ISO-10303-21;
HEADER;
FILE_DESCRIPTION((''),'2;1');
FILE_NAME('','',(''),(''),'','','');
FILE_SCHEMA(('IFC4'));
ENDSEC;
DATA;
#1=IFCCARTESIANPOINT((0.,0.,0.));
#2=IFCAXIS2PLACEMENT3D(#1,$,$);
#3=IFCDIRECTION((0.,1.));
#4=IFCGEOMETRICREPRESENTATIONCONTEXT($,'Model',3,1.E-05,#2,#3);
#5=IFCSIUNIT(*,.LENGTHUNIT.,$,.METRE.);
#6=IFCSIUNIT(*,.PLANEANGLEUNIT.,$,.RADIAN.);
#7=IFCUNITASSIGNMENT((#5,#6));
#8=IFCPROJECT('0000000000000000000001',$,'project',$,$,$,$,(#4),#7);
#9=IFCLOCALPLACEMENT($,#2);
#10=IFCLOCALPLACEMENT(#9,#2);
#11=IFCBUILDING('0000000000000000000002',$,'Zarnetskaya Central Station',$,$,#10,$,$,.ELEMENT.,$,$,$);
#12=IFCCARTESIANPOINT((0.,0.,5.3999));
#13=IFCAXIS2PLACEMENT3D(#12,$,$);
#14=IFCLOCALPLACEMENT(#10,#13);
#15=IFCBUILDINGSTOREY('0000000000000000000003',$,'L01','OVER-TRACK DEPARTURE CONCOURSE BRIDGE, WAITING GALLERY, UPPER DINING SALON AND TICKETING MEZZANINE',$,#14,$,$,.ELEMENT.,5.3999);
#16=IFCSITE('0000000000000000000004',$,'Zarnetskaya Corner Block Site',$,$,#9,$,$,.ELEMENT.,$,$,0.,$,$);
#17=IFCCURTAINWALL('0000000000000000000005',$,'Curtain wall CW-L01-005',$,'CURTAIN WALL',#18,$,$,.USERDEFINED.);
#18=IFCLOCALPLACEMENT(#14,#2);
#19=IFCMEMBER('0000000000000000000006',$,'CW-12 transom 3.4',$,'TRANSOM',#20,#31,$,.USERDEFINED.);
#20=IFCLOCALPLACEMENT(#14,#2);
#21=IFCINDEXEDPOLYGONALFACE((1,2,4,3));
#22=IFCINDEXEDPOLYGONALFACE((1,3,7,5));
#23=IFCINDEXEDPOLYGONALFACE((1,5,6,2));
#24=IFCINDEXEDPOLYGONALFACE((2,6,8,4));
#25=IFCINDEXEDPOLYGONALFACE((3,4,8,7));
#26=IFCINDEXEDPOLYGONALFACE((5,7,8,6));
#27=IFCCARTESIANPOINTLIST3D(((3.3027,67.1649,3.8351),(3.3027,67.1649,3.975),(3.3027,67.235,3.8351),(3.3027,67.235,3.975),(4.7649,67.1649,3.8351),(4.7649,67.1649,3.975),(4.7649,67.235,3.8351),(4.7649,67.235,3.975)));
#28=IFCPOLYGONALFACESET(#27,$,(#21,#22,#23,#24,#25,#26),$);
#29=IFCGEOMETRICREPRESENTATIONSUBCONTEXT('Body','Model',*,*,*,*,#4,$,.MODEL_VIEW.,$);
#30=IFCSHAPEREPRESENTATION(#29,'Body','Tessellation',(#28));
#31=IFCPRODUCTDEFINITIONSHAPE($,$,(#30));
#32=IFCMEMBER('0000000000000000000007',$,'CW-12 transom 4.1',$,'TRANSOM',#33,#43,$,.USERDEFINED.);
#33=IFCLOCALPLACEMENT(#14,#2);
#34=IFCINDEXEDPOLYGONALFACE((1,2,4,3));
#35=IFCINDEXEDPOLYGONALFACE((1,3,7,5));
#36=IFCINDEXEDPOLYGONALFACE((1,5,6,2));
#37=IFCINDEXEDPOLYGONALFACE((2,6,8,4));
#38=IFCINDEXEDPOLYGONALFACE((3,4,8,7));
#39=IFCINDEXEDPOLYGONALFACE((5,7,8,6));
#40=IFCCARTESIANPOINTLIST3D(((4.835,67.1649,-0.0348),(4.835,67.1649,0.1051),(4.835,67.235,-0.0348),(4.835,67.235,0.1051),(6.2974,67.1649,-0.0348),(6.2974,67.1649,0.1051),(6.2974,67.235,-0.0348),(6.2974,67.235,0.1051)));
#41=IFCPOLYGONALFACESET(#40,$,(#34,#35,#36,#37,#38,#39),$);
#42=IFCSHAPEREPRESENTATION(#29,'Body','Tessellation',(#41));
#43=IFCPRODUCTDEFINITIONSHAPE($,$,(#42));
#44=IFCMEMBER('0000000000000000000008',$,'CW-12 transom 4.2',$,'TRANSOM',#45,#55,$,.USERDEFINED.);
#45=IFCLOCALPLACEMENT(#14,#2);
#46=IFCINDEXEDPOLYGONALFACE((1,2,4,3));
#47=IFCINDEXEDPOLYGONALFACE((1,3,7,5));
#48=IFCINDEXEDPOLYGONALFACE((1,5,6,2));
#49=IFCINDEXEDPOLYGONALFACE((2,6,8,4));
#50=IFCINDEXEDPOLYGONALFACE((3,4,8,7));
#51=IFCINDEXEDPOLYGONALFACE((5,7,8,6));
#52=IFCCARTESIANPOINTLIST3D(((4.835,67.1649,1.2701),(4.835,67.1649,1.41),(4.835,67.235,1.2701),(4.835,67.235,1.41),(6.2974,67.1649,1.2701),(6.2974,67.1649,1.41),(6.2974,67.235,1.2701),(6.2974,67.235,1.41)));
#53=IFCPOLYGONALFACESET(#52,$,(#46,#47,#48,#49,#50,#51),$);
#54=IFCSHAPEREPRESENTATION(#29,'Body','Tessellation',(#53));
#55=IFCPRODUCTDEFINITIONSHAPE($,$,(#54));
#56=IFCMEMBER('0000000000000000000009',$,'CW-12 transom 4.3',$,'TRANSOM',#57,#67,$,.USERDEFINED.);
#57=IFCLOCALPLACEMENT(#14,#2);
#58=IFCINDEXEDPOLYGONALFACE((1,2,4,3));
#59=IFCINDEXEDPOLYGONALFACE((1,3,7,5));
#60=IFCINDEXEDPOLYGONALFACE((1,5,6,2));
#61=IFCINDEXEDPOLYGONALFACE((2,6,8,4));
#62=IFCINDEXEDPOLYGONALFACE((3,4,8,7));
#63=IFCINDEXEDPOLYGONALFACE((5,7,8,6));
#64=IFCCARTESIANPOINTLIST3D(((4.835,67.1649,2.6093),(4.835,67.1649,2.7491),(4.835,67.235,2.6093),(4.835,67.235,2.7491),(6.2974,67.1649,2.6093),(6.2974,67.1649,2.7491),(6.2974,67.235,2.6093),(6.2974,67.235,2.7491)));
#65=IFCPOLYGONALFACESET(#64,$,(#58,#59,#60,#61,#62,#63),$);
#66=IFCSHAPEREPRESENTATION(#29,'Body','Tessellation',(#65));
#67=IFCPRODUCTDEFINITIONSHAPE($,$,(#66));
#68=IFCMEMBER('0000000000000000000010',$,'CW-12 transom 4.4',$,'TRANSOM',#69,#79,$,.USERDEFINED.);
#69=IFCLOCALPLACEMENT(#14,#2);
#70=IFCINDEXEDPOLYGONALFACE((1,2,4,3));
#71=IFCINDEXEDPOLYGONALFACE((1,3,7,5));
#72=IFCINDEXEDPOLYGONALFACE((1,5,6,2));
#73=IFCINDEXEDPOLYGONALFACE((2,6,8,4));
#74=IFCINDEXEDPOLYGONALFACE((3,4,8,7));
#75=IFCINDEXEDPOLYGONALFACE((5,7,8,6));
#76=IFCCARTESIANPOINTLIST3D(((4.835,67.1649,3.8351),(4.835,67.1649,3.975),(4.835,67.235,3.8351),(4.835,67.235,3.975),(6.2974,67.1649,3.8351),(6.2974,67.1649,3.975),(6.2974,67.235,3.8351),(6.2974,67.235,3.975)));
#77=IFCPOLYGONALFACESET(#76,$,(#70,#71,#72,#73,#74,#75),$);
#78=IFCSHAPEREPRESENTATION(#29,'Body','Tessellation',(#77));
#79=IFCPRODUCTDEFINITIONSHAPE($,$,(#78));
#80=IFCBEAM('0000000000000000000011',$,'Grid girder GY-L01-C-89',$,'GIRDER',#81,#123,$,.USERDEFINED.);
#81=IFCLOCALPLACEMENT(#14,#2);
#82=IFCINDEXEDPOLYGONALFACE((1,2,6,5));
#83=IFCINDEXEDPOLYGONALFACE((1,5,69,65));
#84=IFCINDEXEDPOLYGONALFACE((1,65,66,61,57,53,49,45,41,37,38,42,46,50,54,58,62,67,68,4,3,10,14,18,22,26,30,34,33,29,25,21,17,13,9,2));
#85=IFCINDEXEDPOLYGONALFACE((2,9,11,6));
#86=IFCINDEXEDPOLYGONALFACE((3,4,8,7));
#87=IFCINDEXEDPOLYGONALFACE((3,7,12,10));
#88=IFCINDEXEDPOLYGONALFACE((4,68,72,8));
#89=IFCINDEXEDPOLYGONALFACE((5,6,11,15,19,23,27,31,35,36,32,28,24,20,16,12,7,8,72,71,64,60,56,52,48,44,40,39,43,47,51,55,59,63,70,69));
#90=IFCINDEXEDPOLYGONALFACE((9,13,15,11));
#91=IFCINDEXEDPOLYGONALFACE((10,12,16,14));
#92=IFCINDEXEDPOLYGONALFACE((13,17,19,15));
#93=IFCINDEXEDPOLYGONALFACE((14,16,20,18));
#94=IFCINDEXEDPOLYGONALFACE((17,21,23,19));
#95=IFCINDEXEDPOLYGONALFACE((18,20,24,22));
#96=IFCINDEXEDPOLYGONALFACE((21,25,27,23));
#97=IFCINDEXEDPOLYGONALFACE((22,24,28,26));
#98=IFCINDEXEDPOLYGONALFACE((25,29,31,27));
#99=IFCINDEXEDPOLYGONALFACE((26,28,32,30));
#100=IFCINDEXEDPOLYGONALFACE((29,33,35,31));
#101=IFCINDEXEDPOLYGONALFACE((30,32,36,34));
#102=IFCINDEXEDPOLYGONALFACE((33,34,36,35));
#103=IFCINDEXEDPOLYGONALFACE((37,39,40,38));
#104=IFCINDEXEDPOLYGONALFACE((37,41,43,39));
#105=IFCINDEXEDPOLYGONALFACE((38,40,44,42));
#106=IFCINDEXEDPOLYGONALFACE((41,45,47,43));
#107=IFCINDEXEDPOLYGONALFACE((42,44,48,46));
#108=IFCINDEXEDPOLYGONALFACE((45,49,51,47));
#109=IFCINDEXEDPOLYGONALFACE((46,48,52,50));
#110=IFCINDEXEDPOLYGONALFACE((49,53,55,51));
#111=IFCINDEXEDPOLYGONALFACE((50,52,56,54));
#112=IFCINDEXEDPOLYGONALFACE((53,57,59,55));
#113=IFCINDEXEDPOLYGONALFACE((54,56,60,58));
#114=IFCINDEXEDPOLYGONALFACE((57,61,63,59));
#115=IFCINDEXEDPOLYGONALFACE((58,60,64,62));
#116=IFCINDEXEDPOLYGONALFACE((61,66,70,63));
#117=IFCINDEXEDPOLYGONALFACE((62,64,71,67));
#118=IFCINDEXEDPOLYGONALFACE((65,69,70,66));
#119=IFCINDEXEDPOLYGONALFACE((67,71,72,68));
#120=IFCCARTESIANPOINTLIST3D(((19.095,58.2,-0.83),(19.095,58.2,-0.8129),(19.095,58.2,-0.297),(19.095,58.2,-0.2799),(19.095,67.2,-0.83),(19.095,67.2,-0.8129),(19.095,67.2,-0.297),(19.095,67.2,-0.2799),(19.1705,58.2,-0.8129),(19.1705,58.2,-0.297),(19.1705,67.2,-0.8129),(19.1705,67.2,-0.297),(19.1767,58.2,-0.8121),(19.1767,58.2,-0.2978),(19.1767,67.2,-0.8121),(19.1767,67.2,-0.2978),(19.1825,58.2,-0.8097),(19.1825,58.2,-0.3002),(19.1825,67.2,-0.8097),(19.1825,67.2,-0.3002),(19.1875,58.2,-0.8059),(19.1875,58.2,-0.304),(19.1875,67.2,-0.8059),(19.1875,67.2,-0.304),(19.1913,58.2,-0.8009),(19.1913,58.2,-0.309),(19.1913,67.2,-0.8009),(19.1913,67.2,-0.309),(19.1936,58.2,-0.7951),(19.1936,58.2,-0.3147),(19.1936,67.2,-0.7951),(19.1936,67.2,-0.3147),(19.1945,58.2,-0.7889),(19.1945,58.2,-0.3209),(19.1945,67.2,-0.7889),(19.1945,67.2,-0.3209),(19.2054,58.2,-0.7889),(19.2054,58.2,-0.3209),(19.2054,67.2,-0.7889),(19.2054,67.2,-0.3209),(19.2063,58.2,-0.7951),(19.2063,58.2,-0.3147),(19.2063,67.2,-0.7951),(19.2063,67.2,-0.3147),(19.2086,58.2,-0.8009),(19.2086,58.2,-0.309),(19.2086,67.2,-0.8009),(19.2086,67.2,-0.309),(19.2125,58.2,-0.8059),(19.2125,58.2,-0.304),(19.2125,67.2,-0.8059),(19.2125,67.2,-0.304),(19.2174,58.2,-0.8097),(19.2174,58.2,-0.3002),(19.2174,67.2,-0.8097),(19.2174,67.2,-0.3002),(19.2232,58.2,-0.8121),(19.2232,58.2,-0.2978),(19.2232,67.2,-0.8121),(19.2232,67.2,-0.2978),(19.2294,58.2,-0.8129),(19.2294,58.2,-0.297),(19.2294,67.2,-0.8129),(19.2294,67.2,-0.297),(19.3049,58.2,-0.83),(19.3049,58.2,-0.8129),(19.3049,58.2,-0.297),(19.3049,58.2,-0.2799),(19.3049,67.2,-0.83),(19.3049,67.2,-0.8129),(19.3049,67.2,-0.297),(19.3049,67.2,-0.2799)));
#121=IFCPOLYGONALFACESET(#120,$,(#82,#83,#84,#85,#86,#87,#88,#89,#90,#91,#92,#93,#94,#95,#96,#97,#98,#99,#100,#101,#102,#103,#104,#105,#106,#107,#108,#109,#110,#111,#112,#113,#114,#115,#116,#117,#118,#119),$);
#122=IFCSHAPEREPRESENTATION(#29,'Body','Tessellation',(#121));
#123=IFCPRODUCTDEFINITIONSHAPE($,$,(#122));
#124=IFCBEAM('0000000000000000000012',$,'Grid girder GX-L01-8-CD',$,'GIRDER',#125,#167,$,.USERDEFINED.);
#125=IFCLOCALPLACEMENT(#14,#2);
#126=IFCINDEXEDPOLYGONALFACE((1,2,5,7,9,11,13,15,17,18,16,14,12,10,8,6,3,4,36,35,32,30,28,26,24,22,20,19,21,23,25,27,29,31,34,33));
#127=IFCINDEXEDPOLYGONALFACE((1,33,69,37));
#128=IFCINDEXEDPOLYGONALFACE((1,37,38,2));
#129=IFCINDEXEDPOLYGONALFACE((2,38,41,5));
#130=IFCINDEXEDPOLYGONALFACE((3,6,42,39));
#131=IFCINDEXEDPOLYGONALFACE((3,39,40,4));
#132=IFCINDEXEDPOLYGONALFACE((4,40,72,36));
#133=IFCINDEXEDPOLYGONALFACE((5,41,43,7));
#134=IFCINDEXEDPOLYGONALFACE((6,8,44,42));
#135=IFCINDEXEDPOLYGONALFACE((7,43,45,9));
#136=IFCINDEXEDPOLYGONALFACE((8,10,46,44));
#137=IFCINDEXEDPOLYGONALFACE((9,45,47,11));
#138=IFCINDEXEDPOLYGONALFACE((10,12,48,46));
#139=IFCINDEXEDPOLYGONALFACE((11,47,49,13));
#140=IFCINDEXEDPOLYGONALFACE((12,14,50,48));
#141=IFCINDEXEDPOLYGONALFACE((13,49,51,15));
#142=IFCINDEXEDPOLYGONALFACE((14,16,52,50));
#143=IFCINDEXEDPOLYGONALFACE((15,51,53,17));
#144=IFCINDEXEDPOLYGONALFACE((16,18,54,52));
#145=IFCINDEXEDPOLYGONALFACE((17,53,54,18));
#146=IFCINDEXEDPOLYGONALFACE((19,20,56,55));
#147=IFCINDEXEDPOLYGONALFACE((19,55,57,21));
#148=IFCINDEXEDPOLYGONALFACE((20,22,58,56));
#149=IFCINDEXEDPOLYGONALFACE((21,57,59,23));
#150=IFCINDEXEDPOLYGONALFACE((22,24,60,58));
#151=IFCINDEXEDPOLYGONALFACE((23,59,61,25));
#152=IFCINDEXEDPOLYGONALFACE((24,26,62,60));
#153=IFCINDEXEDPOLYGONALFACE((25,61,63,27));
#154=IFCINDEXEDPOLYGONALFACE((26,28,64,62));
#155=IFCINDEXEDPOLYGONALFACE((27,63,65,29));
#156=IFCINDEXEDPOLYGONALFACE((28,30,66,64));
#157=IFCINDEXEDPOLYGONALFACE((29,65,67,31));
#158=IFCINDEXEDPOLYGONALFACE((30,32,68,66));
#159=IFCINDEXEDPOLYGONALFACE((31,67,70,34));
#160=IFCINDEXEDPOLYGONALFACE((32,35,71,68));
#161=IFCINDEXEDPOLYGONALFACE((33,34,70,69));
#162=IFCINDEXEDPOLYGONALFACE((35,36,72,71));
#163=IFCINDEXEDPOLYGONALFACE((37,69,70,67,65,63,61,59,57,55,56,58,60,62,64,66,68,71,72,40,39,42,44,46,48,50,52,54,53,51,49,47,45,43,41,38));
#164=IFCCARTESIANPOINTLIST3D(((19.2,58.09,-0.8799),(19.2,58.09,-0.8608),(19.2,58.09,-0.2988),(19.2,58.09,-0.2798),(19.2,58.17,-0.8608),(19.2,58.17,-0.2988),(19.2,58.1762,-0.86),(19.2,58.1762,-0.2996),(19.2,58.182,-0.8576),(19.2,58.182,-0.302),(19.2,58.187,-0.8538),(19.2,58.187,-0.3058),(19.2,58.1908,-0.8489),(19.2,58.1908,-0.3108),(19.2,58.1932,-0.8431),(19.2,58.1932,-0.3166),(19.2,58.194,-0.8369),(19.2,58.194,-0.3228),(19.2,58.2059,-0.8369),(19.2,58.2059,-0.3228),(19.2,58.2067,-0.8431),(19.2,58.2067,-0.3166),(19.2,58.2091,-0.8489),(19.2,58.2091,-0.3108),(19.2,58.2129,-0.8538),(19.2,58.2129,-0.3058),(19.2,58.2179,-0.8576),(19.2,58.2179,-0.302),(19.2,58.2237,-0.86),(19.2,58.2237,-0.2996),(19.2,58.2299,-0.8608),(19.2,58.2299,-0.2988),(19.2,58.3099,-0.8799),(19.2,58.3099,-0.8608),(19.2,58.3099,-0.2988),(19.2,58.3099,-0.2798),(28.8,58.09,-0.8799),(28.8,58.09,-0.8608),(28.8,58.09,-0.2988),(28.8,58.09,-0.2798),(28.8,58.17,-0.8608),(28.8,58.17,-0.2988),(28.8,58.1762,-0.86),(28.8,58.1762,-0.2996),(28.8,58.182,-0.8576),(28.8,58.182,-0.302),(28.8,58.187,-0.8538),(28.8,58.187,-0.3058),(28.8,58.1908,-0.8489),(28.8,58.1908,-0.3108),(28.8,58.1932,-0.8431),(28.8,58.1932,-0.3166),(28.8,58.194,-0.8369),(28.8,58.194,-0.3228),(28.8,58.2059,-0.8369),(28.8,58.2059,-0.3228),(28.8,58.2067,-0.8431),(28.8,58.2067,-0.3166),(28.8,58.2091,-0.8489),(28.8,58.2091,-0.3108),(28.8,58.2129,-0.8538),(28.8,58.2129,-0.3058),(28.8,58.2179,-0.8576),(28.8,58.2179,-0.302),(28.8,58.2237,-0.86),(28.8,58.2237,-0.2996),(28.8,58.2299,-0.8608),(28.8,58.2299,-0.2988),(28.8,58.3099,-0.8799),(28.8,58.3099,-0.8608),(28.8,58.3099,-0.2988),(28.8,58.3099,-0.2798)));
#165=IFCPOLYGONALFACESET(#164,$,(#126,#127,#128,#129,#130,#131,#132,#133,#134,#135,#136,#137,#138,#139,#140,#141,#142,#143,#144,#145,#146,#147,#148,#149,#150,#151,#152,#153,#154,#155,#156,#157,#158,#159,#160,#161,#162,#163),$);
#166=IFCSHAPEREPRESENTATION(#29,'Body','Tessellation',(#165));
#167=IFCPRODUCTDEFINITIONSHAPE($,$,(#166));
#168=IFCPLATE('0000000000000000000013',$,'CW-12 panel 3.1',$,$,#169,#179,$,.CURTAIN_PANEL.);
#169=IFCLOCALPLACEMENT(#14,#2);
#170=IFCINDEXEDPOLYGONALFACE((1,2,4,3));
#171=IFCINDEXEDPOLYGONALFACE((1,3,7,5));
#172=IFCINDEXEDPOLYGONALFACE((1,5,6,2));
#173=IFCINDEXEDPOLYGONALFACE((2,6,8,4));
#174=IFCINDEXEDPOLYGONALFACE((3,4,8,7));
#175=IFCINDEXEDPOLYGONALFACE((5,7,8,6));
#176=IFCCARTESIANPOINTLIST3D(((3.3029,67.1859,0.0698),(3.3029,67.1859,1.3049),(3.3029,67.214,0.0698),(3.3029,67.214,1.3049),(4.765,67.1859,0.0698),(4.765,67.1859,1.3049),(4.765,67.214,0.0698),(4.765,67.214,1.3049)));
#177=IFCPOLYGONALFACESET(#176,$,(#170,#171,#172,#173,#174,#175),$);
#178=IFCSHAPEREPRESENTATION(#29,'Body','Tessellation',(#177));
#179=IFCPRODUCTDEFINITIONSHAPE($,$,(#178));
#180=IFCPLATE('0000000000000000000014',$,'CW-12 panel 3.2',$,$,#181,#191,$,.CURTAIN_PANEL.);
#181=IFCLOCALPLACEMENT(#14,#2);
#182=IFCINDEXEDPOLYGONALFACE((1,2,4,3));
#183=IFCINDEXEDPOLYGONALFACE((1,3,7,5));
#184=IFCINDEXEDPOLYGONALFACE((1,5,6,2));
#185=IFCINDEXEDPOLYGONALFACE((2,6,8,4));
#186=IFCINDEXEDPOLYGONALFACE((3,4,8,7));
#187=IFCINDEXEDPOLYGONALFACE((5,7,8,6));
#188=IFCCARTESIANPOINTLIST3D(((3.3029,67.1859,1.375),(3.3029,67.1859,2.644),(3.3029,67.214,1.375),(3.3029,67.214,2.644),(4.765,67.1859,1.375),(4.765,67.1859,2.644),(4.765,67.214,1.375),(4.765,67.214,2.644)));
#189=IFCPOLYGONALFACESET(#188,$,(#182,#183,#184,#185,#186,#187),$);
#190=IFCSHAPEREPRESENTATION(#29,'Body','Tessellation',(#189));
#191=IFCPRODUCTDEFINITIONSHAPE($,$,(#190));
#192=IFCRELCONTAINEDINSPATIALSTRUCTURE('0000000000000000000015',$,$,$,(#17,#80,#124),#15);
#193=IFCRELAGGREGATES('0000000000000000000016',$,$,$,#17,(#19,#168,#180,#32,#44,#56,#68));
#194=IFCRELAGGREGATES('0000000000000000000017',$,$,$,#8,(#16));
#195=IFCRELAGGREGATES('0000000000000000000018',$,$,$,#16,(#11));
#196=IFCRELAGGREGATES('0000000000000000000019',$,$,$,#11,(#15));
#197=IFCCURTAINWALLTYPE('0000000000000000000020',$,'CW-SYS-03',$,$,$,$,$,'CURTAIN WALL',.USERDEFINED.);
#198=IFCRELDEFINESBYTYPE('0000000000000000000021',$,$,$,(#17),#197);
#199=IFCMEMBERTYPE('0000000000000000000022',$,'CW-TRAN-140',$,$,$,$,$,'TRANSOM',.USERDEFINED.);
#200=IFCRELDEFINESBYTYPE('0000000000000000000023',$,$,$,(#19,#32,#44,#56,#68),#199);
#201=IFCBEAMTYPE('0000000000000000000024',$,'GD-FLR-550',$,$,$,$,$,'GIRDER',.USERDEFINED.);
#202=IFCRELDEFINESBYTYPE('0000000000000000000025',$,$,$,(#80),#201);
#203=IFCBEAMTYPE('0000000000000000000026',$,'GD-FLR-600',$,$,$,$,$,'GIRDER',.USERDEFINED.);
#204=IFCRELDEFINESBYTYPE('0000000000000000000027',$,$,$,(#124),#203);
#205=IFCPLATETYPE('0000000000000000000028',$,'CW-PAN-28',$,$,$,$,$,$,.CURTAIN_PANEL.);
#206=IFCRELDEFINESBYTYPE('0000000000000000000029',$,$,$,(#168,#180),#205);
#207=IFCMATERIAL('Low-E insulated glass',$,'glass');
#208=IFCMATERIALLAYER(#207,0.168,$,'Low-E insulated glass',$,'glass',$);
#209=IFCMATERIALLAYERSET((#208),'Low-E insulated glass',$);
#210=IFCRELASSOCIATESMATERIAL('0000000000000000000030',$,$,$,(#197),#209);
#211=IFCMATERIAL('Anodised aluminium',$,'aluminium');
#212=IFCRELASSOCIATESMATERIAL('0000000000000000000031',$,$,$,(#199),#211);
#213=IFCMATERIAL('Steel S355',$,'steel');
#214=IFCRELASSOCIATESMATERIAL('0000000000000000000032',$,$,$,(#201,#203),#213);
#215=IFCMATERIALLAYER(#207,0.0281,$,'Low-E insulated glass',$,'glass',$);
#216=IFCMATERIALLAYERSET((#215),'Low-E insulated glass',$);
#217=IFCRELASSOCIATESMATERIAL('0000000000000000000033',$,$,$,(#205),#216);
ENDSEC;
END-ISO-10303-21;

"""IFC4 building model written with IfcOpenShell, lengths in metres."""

from ifc_helpers import new_model, si_unit, direction, frame, origin, origin_2d, place, context, subcontext, project, spatial, rectangle, i_section, extrude, material, layer, layer_set, material_profile, profile_set, type_object, element, aggregate, save


model = new_model("IFC4")

# Units and contexts
model_context = context("Model", 3, precision=1e-05, world=origin(), true_north=direction((0.0, 1.0)))
body_context = subcontext(model_context, "Body", "Model", "MODEL_VIEW")
ifc_project = project(units=[si_unit("LENGTHUNIT", "METRE"), si_unit("PLANEANGLEUNIT", "RADIAN")], contexts=[model_context])

# Site, building, storey
site_placement = place(None, origin())
site = spatial("IfcSite", under=ifc_project, at=site_placement, Name="Zarnetskaya Corner Block Site", CompositionType="ELEMENT", RefElevation=0.0)
building_placement = place(site_placement, origin())
building = spatial("IfcBuilding", under=site, at=building_placement, Name="Zarnetskaya Central Station", CompositionType="ELEMENT")
storey_placement = place(building_placement, frame((0.0, 0.0, 5.3999)))
storey = spatial("IfcBuildingStorey", under=building, at=storey_placement, Name="L01", Description="OVER-TRACK DEPARTURE CONCOURSE BRIDGE, WAITING GALLERY, UPPER DINING SALON AND TICKETING MEZZANINE", CompositionType="ELEMENT", Elevation=5.3999)

# Shared definitions
ifc_material_1 = material(Name="Steel S355", Category="steel")

# Curtain wall, members
ifc_material_2 = material(Name="Low-E insulated glass", Category="glass")
ifc_layer_1 = layer(ifc_material_2, 0.168, Name="Low-E insulated glass", Category="glass")
ifc_layer_set_1 = layer_set([ifc_layer_1], Name="Low-E insulated glass")
curtain_wall_type = type_object("IfcCurtainWallType", Name="CW-SYS-03", ElementType="CURTAIN WALL", PredefinedType="USERDEFINED", material=ifc_layer_set_1)
curtain_wall_placement = place(storey_placement, origin())
curtain_wall = element("IfcCurtainWall", 1, at=curtain_wall_placement, inside=storey, type_object=curtain_wall_type, Name="Curtain wall CW-L01-005", ObjectType="CURTAIN WALL", PredefinedType="USERDEFINED")
ifc_material_3 = material(Name="Anodised aluminium", Category="aluminium")
ifc_material_profile_1 = material_profile(ifc_material_3, rectangle(XDim=0.0701, YDim=0.1399, at=origin_2d()), Name="ALU TRAN 70x140")
ifc_profile_set_1 = profile_set([ifc_material_profile_1], Name="Anodised aluminium")
member_type_1 = type_object("IfcMemberType", Name="CW-TRAN-140", ElementType="TRANSOM", PredefinedType="USERDEFINED", material=ifc_profile_set_1)
member_1_placement = place(storey_placement, frame((3.3027, 67.2, 3.905), z_axis=(1.0, 0.0, 0.0), x_axis=(0.0, 1.0, 0.0)))
member_1 = element("IfcMember", 2, at=member_1_placement, type_object=member_type_1, Name="CW-12 transom 3.4", ObjectType="TRANSOM", PredefinedType="USERDEFINED", context=body_context, shape_type="SweptSolid", body=[
    extrude(rectangle(XDim=0.0701, YDim=0.1399, at=origin_2d()), origin(), (0.0, 0.0, 1.0), 1.4622),
])
member_2_placement = place(storey_placement, frame((4.835, 67.2, 0.0352), z_axis=(1.0, 0.0, 0.0), x_axis=(0.0, 1.0, 0.0)))
member_2 = element("IfcMember", 3, at=member_2_placement, type_object=member_type_1, Name="CW-12 transom 4.1", ObjectType="TRANSOM", PredefinedType="USERDEFINED", context=body_context, shape_type="SweptSolid", body=[
    extrude(rectangle(XDim=0.0701, YDim=0.1399, at=origin_2d()), origin(), (0.0, 0.0, 1.0), 1.4624),
])
member_3_placement = place(storey_placement, frame((4.835, 67.2, 1.3401), z_axis=(1.0, 0.0, 0.0), x_axis=(0.0, 1.0, 0.0)))
member_3 = element("IfcMember", 4, at=member_3_placement, type_object=member_type_1, Name="CW-12 transom 4.2", ObjectType="TRANSOM", PredefinedType="USERDEFINED", context=body_context, shape_type="SweptSolid", body=[
    extrude(rectangle(XDim=0.0701, YDim=0.1399, at=origin_2d()), origin(), (0.0, 0.0, 1.0), 1.4624),
])
member_4_placement = place(storey_placement, frame((4.835, 67.2, 2.6792), z_axis=(1.0, 0.0, 0.0), x_axis=(0.0, 1.0, 0.0)))
member_4 = element("IfcMember", 5, at=member_4_placement, type_object=member_type_1, Name="CW-12 transom 4.3", ObjectType="TRANSOM", PredefinedType="USERDEFINED", context=body_context, shape_type="SweptSolid", body=[
    extrude(rectangle(XDim=0.0701, YDim=0.1399, at=origin_2d()), origin(), (0.0, 0.0, 1.0), 1.4624),
])
member_5_placement = place(storey_placement, frame((4.835, 67.2, 3.905), z_axis=(1.0, 0.0, 0.0), x_axis=(0.0, 1.0, 0.0)))
member_5 = element("IfcMember", 6, at=member_5_placement, type_object=member_type_1, Name="CW-12 transom 4.4", ObjectType="TRANSOM", PredefinedType="USERDEFINED", context=body_context, shape_type="SweptSolid", body=[
    extrude(rectangle(XDim=0.0701, YDim=0.1399, at=origin_2d()), origin(), (0.0, 0.0, 1.0), 1.4624),
])

# Beams
ifc_material_profile_2 = material_profile(ifc_material_1, i_section(OverallWidth=0.21, OverallDepth=0.55, WebThickness=0.011, FlangeThickness=0.0171, FilletRadius=0.0239, at=origin_2d()), Name="IPE 550")
ifc_profile_set_2 = profile_set([ifc_material_profile_2], Name="Steel S355")
beam_type_1 = type_object("IfcBeamType", Name="GD-FLR-550", ElementType="GIRDER", PredefinedType="USERDEFINED", material=ifc_profile_set_2)
beam_1_placement = place(storey_placement, frame((19.2, 58.2, -0.5549), z_axis=(0.0, 1.0, 0.0), x_axis=(-1.0, 0.0, 0.0)))
element("IfcBeam", 7, at=beam_1_placement, inside=storey, type_object=beam_type_1, Name="Grid girder GY-L01-C-89", ObjectType="GIRDER", PredefinedType="USERDEFINED", context=body_context, shape_type="SweptSolid", body=[
    extrude(i_section(OverallWidth=0.21, OverallDepth=0.55, WebThickness=0.011, FlangeThickness=0.0171, FilletRadius=0.0239, at=origin_2d()), origin(), (0.0, 0.0, 1.0), 9.0),
])
ifc_material_profile_3 = material_profile(ifc_material_1, i_section(OverallWidth=0.22, OverallDepth=0.6001, WebThickness=0.012, FlangeThickness=0.019, FilletRadius=0.0239, at=origin_2d()), Name="IPE 600")
ifc_profile_set_3 = profile_set([ifc_material_profile_3], Name="Steel S355")
beam_type_2 = type_object("IfcBeamType", Name="GD-FLR-600", ElementType="GIRDER", PredefinedType="USERDEFINED", material=ifc_profile_set_3)
beam_2_placement = place(storey_placement, frame((19.2, 58.2, -0.5798), z_axis=(1.0, 0.0, 0.0), x_axis=(0.0, 1.0, 0.0)))
element("IfcBeam", 8, at=beam_2_placement, inside=storey, type_object=beam_type_2, Name="Grid girder GX-L01-8-CD", ObjectType="GIRDER", PredefinedType="USERDEFINED", context=body_context, shape_type="SweptSolid", body=[
    extrude(i_section(OverallWidth=0.22, OverallDepth=0.6001, WebThickness=0.012, FlangeThickness=0.019, FilletRadius=0.0239, at=origin_2d()), origin(), (0.0, 0.0, 1.0), 9.6001),
])

# Plates
ifc_layer_2 = layer(ifc_material_2, 0.0281, Name="Low-E insulated glass", Category="glass")
ifc_layer_set_2 = layer_set([ifc_layer_2], Name="Low-E insulated glass")
plate_type = type_object("IfcPlateType", Name="CW-PAN-28", PredefinedType="CURTAIN_PANEL", material=ifc_layer_set_2)
plate_1_placement = place(storey_placement, frame((4.0339, 67.2, 0.0698), z_axis=(0.0, 0.0, 1.0), x_axis=(1.0, 0.0, 0.0)))
plate_1 = element("IfcPlate", 9, at=plate_1_placement, type_object=plate_type, Name="CW-12 panel 3.1", PredefinedType="CURTAIN_PANEL", context=body_context, shape_type="SweptSolid", body=[
    extrude(rectangle(XDim=1.4622, YDim=0.0281, at=origin_2d()), origin(), (0.0, 0.0, 1.0), 1.2351),
])
plate_2_placement = place(storey_placement, frame((4.0339, 67.2, 1.375), z_axis=(0.0, 0.0, 1.0), x_axis=(1.0, 0.0, 0.0)))
plate_2 = element("IfcPlate", 10, at=plate_2_placement, type_object=plate_type, Name="CW-12 panel 3.2", PredefinedType="CURTAIN_PANEL", context=body_context, shape_type="SweptSolid", body=[
    extrude(rectangle(XDim=1.4622, YDim=0.0281, at=origin_2d()), origin(), (0.0, 0.0, 1.0), 1.269),
])
aggregate(curtain_wall, [member_1, plate_1, plate_2, member_2, member_3, member_4, member_5])

save(model, "model.ifc")
